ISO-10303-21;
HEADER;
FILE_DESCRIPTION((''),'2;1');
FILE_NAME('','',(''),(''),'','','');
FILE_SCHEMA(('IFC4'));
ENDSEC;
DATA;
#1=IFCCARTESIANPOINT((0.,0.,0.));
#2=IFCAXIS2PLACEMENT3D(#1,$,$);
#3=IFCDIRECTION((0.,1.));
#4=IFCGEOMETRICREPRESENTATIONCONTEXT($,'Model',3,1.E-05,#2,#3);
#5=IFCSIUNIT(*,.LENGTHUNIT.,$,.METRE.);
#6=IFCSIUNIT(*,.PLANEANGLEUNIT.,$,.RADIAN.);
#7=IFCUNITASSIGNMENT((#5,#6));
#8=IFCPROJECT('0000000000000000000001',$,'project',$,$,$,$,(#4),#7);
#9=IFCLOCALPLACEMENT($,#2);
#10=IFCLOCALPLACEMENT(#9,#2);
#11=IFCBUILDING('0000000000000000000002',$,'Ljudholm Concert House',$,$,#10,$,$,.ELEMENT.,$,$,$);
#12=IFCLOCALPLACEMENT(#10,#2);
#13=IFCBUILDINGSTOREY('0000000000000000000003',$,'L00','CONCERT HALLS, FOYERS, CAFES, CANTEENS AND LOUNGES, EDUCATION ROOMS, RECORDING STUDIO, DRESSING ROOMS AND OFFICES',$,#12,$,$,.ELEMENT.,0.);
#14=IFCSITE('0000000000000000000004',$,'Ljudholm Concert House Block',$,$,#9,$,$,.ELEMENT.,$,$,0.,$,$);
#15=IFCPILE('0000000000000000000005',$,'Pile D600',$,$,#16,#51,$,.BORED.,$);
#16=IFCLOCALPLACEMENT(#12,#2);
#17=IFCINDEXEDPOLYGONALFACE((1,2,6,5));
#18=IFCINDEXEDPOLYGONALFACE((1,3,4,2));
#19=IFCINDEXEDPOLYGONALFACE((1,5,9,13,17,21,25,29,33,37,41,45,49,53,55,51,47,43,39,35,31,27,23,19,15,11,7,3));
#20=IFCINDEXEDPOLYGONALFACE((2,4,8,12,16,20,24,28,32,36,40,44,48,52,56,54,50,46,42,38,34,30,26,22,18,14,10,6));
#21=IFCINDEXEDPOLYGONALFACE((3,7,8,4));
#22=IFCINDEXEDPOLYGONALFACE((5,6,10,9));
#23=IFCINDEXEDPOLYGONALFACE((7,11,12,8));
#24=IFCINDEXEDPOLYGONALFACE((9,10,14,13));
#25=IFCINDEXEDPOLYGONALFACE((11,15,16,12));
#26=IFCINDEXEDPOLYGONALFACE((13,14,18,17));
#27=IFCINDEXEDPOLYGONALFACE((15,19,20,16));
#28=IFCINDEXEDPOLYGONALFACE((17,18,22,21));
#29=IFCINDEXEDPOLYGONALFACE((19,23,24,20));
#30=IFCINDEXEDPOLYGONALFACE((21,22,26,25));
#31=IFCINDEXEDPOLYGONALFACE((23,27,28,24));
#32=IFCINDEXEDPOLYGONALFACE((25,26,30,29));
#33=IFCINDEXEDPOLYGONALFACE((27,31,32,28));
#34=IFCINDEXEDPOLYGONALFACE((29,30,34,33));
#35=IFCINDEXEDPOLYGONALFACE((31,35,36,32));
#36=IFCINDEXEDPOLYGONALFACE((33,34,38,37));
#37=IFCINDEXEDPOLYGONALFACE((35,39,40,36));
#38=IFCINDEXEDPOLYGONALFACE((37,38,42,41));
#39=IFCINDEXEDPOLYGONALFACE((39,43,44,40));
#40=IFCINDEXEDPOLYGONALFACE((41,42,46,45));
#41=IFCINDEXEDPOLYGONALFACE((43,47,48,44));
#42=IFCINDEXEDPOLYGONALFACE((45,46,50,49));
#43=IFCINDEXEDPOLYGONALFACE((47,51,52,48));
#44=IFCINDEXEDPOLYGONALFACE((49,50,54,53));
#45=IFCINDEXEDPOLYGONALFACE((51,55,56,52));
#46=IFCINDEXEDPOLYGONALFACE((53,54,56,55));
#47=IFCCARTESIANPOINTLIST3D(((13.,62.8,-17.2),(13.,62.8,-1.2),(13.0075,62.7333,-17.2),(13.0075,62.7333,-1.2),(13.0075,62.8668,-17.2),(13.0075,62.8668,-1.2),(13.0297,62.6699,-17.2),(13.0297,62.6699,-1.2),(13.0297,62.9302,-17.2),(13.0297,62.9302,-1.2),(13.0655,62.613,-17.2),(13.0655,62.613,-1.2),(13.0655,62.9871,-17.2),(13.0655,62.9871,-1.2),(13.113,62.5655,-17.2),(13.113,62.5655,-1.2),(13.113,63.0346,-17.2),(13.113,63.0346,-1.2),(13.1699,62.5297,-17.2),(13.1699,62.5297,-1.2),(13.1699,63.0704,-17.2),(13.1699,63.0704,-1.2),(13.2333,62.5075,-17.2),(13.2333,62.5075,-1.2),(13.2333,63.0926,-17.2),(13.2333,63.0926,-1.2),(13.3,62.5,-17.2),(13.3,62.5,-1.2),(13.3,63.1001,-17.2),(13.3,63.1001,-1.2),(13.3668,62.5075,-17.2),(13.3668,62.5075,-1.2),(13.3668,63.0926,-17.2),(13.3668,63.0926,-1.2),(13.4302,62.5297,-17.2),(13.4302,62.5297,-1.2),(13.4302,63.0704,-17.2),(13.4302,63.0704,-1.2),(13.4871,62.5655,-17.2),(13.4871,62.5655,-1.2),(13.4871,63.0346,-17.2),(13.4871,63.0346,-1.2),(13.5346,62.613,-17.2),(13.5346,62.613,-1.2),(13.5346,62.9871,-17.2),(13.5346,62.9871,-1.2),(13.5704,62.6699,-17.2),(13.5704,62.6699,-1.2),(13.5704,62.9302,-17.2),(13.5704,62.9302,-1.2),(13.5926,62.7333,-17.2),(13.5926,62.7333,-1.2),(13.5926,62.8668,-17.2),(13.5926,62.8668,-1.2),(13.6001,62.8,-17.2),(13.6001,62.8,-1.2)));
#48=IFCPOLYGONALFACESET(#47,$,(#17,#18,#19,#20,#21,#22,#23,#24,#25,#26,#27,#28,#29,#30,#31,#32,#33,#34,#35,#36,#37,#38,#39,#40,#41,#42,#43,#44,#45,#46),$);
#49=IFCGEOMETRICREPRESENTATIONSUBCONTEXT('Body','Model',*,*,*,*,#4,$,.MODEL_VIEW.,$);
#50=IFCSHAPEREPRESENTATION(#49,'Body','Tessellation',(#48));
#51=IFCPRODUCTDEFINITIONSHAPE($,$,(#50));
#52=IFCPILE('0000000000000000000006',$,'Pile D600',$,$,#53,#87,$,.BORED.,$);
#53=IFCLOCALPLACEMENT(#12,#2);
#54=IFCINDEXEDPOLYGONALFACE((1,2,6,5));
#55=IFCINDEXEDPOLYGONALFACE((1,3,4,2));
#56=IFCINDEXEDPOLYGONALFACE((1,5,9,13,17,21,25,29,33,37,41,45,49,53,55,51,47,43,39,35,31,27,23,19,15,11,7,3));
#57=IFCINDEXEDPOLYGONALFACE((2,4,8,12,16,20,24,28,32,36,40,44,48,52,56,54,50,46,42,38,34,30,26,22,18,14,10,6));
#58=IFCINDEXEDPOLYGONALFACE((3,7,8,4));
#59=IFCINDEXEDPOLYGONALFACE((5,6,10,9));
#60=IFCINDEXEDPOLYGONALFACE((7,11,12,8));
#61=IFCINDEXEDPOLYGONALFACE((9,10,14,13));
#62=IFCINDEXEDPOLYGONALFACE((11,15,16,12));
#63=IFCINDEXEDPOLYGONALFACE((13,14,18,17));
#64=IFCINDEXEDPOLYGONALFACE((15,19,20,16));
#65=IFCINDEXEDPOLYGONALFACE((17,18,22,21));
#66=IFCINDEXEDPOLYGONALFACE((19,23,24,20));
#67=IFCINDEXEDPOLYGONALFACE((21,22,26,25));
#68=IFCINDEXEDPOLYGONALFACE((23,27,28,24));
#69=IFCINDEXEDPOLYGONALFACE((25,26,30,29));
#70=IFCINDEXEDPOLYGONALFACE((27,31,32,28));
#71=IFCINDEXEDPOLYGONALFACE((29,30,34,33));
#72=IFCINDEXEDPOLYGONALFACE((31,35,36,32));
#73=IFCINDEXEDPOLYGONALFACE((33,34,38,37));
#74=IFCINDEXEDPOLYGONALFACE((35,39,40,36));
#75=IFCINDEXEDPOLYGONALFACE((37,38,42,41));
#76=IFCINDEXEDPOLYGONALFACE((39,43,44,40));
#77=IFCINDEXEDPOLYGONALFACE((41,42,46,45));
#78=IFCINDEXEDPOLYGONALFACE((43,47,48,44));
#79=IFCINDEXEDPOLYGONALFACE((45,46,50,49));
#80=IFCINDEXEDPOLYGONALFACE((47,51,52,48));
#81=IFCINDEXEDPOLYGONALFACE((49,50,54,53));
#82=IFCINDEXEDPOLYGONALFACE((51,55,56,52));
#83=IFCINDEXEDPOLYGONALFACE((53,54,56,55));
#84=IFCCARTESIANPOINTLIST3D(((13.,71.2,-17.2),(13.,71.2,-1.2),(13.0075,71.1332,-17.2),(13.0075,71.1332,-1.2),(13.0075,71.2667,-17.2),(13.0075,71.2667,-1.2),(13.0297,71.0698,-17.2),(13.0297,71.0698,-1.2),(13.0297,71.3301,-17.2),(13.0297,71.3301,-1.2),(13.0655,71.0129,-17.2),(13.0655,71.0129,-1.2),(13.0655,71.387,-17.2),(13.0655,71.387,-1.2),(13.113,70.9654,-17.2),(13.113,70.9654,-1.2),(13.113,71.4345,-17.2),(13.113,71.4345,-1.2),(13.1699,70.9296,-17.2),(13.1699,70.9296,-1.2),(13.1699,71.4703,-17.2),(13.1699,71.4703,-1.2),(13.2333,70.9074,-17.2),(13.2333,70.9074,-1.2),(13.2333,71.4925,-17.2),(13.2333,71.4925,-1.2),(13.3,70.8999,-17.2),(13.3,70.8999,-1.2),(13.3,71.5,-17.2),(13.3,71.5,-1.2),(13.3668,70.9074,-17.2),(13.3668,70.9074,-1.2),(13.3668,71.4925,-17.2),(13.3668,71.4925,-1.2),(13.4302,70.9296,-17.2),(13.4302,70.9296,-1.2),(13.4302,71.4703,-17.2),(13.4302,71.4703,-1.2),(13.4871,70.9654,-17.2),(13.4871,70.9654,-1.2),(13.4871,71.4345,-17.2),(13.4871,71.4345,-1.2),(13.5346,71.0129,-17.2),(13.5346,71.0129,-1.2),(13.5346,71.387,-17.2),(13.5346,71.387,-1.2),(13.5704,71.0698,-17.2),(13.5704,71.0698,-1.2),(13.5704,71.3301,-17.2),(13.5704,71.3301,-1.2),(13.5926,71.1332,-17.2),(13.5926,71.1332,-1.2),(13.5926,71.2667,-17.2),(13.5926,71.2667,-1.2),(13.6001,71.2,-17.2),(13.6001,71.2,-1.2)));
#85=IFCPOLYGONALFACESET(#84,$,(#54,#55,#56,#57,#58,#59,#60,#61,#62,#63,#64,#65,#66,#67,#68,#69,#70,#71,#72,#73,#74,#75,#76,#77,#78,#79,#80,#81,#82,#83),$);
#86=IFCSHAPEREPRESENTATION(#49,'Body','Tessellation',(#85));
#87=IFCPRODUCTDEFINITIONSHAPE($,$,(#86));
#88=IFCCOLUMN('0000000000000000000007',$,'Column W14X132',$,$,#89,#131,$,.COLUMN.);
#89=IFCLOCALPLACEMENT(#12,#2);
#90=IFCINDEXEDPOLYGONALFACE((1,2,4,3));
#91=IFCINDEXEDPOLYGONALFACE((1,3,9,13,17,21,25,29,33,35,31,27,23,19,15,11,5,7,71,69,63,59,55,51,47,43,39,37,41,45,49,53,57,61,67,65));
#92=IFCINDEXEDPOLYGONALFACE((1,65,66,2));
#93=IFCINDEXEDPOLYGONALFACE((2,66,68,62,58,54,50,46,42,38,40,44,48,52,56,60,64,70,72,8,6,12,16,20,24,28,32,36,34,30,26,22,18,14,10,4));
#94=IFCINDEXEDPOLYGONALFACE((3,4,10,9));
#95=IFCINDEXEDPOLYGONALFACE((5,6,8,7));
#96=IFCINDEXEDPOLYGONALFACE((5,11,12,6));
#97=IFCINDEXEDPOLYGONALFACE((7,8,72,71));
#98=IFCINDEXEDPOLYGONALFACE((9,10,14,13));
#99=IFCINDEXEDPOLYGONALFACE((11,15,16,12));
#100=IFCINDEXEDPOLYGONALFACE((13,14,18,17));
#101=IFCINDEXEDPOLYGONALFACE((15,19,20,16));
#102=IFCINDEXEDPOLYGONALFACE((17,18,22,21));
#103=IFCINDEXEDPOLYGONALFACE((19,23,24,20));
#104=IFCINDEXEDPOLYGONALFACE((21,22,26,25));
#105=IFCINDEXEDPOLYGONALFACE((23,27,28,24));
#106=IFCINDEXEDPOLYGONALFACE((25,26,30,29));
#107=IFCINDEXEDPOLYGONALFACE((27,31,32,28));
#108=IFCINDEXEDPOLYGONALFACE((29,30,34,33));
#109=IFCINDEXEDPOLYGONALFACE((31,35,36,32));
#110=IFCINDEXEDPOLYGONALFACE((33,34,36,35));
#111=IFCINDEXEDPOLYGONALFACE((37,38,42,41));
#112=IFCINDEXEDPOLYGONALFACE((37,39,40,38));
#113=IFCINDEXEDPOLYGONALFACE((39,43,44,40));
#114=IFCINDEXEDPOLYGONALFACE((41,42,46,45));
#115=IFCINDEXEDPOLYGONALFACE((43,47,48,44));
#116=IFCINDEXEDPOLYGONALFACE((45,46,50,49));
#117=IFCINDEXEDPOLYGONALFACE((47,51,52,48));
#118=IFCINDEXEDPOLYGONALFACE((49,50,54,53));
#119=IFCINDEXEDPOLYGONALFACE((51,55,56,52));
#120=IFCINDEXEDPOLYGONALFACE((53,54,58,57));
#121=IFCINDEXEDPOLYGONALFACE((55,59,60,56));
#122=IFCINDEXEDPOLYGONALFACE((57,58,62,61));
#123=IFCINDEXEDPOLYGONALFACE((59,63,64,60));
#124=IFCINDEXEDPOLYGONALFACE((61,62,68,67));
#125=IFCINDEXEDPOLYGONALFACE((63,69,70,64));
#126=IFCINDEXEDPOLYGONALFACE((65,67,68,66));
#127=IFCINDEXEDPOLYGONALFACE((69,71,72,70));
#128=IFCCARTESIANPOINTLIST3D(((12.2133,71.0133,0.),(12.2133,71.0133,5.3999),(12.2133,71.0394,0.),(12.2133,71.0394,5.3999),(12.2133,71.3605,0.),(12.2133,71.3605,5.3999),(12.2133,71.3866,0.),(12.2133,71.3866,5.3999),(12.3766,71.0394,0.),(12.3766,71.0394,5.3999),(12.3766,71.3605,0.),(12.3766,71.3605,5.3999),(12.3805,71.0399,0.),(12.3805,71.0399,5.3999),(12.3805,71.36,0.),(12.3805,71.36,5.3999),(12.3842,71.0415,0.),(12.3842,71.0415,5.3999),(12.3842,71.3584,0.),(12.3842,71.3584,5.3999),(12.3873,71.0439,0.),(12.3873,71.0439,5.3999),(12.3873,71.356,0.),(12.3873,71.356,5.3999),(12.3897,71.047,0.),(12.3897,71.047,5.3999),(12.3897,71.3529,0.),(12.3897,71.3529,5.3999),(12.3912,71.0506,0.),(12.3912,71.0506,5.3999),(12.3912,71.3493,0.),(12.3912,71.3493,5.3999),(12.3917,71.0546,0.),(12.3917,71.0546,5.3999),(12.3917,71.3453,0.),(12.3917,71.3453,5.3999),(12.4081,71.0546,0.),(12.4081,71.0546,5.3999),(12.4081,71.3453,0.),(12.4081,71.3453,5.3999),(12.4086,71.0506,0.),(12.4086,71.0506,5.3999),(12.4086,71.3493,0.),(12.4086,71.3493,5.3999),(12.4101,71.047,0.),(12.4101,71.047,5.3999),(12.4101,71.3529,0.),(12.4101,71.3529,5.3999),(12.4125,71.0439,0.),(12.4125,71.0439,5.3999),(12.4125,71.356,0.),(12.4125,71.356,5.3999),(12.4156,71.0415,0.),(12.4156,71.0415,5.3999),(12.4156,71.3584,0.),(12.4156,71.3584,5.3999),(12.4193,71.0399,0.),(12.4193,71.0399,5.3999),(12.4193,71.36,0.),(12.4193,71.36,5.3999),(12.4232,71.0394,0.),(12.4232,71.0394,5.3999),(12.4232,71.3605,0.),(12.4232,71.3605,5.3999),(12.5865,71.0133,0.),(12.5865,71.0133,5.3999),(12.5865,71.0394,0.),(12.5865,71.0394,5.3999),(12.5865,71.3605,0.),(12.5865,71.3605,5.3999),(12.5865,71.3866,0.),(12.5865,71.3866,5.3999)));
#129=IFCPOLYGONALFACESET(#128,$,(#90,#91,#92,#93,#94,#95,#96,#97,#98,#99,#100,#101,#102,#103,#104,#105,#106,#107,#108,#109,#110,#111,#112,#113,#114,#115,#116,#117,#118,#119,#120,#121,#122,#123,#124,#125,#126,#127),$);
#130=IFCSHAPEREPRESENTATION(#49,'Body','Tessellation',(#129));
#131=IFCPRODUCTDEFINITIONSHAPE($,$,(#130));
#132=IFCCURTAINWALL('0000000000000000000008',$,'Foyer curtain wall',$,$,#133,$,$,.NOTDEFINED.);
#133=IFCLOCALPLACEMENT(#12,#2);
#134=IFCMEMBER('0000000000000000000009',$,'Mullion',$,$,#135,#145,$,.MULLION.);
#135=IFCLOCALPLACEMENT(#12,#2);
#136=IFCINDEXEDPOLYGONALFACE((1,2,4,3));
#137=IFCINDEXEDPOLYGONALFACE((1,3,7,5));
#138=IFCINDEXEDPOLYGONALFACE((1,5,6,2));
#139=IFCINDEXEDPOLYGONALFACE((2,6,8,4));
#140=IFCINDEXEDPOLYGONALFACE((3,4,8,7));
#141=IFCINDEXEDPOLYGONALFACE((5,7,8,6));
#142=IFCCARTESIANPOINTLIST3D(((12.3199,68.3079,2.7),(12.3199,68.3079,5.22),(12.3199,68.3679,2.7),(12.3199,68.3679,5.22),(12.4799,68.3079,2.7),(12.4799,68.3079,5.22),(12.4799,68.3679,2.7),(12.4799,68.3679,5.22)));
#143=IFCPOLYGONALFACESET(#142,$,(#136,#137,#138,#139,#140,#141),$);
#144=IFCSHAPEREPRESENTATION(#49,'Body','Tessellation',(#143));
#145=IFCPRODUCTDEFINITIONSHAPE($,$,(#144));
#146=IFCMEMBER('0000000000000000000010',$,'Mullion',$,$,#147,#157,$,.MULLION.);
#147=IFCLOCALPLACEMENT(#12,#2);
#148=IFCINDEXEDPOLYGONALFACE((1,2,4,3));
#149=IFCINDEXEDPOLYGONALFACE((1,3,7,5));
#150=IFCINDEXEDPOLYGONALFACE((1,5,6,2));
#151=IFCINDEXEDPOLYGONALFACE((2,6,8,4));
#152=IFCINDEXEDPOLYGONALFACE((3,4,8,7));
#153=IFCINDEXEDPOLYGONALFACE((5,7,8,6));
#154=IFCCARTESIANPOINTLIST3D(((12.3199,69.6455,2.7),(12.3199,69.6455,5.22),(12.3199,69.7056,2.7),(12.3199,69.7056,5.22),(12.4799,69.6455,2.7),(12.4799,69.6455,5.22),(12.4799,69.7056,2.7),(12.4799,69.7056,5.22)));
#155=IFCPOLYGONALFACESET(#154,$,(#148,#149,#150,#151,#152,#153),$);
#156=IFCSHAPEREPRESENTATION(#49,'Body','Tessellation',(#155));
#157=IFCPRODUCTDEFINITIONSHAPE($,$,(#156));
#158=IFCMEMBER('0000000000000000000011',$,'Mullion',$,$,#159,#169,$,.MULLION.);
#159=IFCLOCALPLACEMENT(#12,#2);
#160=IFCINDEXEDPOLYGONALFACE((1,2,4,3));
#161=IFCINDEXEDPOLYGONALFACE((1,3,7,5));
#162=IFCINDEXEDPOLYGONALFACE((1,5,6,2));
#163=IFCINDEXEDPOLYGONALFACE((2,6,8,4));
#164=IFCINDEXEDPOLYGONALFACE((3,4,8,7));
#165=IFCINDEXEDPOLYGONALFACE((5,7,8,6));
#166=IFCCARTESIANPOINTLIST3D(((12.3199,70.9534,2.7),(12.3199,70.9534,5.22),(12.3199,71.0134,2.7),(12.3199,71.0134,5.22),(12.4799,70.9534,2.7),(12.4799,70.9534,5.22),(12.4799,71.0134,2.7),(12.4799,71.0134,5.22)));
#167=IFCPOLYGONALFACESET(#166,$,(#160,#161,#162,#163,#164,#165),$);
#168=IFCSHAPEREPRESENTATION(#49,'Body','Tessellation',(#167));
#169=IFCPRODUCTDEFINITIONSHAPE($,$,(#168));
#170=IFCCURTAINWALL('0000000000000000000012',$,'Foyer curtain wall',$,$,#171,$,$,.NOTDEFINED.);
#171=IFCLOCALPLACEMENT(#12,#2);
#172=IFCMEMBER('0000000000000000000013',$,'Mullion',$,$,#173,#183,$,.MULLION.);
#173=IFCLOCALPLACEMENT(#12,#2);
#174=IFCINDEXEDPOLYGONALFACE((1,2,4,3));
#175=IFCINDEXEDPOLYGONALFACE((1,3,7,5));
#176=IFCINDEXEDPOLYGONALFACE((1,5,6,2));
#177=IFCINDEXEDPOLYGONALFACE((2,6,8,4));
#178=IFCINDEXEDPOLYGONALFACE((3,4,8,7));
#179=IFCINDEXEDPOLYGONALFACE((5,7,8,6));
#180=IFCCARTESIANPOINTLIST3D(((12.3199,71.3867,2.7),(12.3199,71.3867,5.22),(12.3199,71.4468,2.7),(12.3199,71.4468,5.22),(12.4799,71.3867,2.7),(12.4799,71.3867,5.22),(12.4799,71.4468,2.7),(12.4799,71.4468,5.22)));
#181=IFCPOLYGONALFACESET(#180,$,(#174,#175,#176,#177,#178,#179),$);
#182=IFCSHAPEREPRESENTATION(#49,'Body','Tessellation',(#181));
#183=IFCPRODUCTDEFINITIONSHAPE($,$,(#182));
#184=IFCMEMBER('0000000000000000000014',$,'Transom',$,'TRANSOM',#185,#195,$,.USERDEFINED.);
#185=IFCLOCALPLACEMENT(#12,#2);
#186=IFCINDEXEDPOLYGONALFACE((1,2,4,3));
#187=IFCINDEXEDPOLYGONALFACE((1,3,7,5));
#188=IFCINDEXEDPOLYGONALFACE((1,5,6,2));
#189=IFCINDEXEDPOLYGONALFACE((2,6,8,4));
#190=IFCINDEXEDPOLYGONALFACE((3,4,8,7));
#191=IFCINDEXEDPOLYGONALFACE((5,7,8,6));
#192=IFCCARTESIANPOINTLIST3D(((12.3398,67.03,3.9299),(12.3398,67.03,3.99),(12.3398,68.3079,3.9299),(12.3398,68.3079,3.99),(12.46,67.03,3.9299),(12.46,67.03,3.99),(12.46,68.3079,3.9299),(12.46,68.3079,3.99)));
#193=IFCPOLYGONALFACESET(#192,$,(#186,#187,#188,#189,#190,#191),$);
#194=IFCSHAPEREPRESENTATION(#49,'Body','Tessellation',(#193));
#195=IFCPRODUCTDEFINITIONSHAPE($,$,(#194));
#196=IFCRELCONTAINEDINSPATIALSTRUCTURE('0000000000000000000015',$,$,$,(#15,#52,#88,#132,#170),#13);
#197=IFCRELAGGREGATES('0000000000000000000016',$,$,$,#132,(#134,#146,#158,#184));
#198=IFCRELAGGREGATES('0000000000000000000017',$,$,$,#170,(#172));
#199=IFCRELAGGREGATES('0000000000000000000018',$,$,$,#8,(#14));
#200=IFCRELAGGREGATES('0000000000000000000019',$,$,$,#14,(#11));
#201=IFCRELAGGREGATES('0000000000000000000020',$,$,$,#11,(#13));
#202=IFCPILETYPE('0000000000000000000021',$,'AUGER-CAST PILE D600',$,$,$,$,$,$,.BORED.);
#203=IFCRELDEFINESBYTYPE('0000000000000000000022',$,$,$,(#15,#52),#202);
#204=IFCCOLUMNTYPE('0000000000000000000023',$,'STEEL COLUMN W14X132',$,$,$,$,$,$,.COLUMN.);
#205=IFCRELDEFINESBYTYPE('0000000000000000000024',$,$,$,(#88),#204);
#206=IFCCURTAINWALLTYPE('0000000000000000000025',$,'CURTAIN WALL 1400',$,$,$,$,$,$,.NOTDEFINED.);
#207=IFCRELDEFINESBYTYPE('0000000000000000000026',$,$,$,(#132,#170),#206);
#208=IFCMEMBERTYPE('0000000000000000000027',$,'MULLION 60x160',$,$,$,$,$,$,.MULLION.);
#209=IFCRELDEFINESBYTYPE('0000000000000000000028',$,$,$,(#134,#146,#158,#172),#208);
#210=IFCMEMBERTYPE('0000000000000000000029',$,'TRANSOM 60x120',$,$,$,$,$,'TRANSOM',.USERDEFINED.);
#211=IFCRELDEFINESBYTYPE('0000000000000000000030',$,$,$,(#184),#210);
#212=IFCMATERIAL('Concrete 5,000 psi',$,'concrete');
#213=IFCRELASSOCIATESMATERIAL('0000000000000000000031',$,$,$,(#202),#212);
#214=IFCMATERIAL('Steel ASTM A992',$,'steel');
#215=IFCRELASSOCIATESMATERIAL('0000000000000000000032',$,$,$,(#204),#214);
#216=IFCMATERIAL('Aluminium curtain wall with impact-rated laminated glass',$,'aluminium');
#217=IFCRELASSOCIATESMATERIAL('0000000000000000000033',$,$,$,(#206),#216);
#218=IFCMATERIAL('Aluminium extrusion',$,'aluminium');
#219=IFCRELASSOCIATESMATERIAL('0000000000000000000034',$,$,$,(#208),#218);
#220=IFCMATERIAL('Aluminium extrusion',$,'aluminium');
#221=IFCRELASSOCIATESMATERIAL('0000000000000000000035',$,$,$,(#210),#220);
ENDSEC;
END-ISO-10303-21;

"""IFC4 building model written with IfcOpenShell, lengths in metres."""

from ifc_helpers import new_model, si_unit, direction, frame, origin, origin_2d, place, context, subcontext, project, spatial, rectangle, circle, i_section, extrude, material, material_profile, profile_set, type_object, element, aggregate, save


model = new_model("IFC4")

# Units and contexts
model_context = context("Model", 3, precision=1e-05, world=origin(), true_north=direction((0.0, 1.0)))
body_context = subcontext(model_context, "Body", "Model", "MODEL_VIEW")
ifc_project = project(units=[si_unit("LENGTHUNIT", "METRE"), si_unit("PLANEANGLEUNIT", "RADIAN")], contexts=[model_context])

# Site, building, storey
site_placement = place(None, origin())
site = spatial("IfcSite", under=ifc_project, at=site_placement, Name="Ljudholm Concert House Block", CompositionType="ELEMENT", RefElevation=0.0)
building_placement = place(site_placement, origin())
building = spatial("IfcBuilding", under=site, at=building_placement, Name="Ljudholm Concert House", CompositionType="ELEMENT")
storey_placement = place(building_placement, origin())
storey = spatial("IfcBuildingStorey", under=building, at=storey_placement, Name="L00", Description="CONCERT HALLS, FOYERS, CAFES, CANTEENS AND LOUNGES, EDUCATION ROOMS, RECORDING STUDIO, DRESSING ROOMS AND OFFICES", CompositionType="ELEMENT", Elevation=0.0)

# Piles
ifc_material_1 = material(Name="Concrete 5,000 psi", Category="concrete")
ifc_material_profile_1 = material_profile(ifc_material_1, circle(Radius=0.3, at=origin_2d()), Name="AUGER-CAST PILE D600")
ifc_profile_set_1 = profile_set([ifc_material_profile_1], Name="Concrete 5,000 psi")
pile_type = type_object("IfcPileType", Name="AUGER-CAST PILE D600", PredefinedType="BORED", material=ifc_profile_set_1)
for number, where, z_axis, x_axis, name in (
    (1, (13.3, 62.8, -1.2), (0.0, 0.0, -1.0), (1.0, 0.0, 0.0), "Pile D600"),
    (2, (13.3, 71.2, -1.2), (0.0, 0.0, -1.0), (1.0, 0.0, 0.0), "Pile D600"),
):
    element("IfcPile", number, at=place(storey_placement, frame(where, z_axis=z_axis, x_axis=x_axis)), inside=storey, type_object=pile_type, Name=name, PredefinedType="BORED", context=body_context, shape_type="SweptSolid", body=[
        extrude(circle(Radius=0.3, at=origin_2d()), origin(), (0.0, 0.0, 1.0), 16.0),
    ])

# Column
ifc_material_2 = material(Name="Steel ASTM A992", Category="steel")
ifc_material_profile_2 = material_profile(ifc_material_2, i_section(OverallWidth=0.3733, OverallDepth=0.3733, WebThickness=0.0164, FlangeThickness=0.0261, FilletRadius=0.0151, at=origin_2d()), Name="W14X132")
ifc_profile_set_2 = profile_set([ifc_material_profile_2], Name="Steel ASTM A992")
column_type = type_object("IfcColumnType", Name="STEEL COLUMN W14X132", PredefinedType="COLUMN", material=ifc_profile_set_2)
column_placement = place(storey_placement, frame((12.3999, 71.2, 0.0), z_axis=(0.0, 0.0, 1.0), x_axis=(1.0, 0.0, 0.0)))
element("IfcColumn", 3, at=column_placement, inside=storey, type_object=column_type, Name="Column W14X132", PredefinedType="COLUMN", context=body_context, shape_type="SweptSolid", body=[
    extrude(i_section(OverallWidth=0.3733, OverallDepth=0.3733, WebThickness=0.0164, FlangeThickness=0.0261, FilletRadius=0.0151, at=origin_2d()), origin(), (0.0, 0.0, 1.0), 5.3999),
])

# Curtain wall, members
ifc_material_3 = material(Name="Aluminium curtain wall with impact-rated laminated glass", Category="aluminium")
curtain_wall_type = type_object("IfcCurtainWallType", Name="CURTAIN WALL 1400", PredefinedType="NOTDEFINED", material=ifc_material_3)
curtain_wall_1_placement = place(storey_placement, origin())
curtain_wall_1 = element("IfcCurtainWall", 4, at=curtain_wall_1_placement, inside=storey, type_object=curtain_wall_type, Name="Foyer curtain wall", PredefinedType="NOTDEFINED")
ifc_material_4 = material(Name="Aluminium extrusion", Category="aluminium")
ifc_material_profile_3 = material_profile(ifc_material_4, rectangle(XDim=0.1599, YDim=0.0601, at=origin_2d()), Name="MULLION 60x160")
ifc_profile_set_3 = profile_set([ifc_material_profile_3], Name="Aluminium extrusion")
member_type_1 = type_object("IfcMemberType", Name="MULLION 60x160", PredefinedType="MULLION", material=ifc_profile_set_3)
member_1_placement = place(storey_placement, frame((12.3999, 68.3379, 2.7), z_axis=(0.0, 0.0, 1.0), x_axis=(-1.0, 0.0, 0.0)))
member_1 = element("IfcMember", 5, at=member_1_placement, type_object=member_type_1, Name="Mullion", PredefinedType="MULLION", context=body_context, shape_type="SweptSolid", body=[
    extrude(rectangle(XDim=0.1599, YDim=0.0601, at=origin_2d()), origin(), (0.0, 0.0, 1.0), 2.52),
])
member_2_placement = place(storey_placement, frame((12.3999, 69.6755, 2.7), z_axis=(0.0, 0.0, 1.0), x_axis=(-1.0, 0.0, 0.0)))
member_2 = element("IfcMember", 6, at=member_2_placement, type_object=member_type_1, Name="Mullion", PredefinedType="MULLION", context=body_context, shape_type="SweptSolid", body=[
    extrude(rectangle(XDim=0.1599, YDim=0.0601, at=origin_2d()), origin(), (0.0, 0.0, 1.0), 2.52),
])
member_3_placement = place(storey_placement, frame((12.3999, 70.9834, 2.7), z_axis=(0.0, 0.0, 1.0), x_axis=(-1.0, 0.0, 0.0)))
member_3 = element("IfcMember", 7, at=member_3_placement, type_object=member_type_1, Name="Mullion", PredefinedType="MULLION", context=body_context, shape_type="SweptSolid", body=[
    extrude(rectangle(XDim=0.1599, YDim=0.0601, at=origin_2d()), origin(), (0.0, 0.0, 1.0), 2.52),
])

# Curtain wall, member
curtain_wall_2_placement = place(storey_placement, origin())
curtain_wall_2 = element("IfcCurtainWall", 8, at=curtain_wall_2_placement, inside=storey, type_object=curtain_wall_type, Name="Foyer curtain wall", PredefinedType="NOTDEFINED")
member_4_placement = place(storey_placement, frame((12.3999, 71.4167, 2.7), z_axis=(0.0, 0.0, 1.0), x_axis=(-1.0, 0.0, 0.0)))
member_4 = element("IfcMember", 9, at=member_4_placement, type_object=member_type_1, Name="Mullion", PredefinedType="MULLION", context=body_context, shape_type="SweptSolid", body=[
    extrude(rectangle(XDim=0.1599, YDim=0.0601, at=origin_2d()), origin(), (0.0, 0.0, 1.0), 2.52),
])

# Member
ifc_material_5 = material(Name="Aluminium extrusion", Category="aluminium")
ifc_material_profile_4 = material_profile(ifc_material_5, rectangle(XDim=0.1201, YDim=0.0601, at=origin_2d()), Name="TRANSOM 60x120")
ifc_profile_set_4 = profile_set([ifc_material_profile_4], Name="Aluminium extrusion")
member_type_2 = type_object("IfcMemberType", Name="TRANSOM 60x120", ElementType="TRANSOM", PredefinedType="USERDEFINED", material=ifc_profile_set_4)
member_5_placement = place(storey_placement, frame((12.3999, 67.03, 3.96), z_axis=(0.0, 1.0, 0.0), x_axis=(-1.0, 0.0, 0.0)))
member_5 = element("IfcMember", 10, at=member_5_placement, type_object=member_type_2, Name="Transom", ObjectType="TRANSOM", PredefinedType="USERDEFINED", context=body_context, shape_type="SweptSolid", body=[
    extrude(rectangle(XDim=0.1201, YDim=0.0601, at=origin_2d()), origin(), (0.0, 0.0, 1.0), 1.2778),
])

aggregate(curtain_wall_1, [member_1, member_2, member_3, member_5])
aggregate(curtain_wall_2, [member_4])

save(model, "model.ifc")
